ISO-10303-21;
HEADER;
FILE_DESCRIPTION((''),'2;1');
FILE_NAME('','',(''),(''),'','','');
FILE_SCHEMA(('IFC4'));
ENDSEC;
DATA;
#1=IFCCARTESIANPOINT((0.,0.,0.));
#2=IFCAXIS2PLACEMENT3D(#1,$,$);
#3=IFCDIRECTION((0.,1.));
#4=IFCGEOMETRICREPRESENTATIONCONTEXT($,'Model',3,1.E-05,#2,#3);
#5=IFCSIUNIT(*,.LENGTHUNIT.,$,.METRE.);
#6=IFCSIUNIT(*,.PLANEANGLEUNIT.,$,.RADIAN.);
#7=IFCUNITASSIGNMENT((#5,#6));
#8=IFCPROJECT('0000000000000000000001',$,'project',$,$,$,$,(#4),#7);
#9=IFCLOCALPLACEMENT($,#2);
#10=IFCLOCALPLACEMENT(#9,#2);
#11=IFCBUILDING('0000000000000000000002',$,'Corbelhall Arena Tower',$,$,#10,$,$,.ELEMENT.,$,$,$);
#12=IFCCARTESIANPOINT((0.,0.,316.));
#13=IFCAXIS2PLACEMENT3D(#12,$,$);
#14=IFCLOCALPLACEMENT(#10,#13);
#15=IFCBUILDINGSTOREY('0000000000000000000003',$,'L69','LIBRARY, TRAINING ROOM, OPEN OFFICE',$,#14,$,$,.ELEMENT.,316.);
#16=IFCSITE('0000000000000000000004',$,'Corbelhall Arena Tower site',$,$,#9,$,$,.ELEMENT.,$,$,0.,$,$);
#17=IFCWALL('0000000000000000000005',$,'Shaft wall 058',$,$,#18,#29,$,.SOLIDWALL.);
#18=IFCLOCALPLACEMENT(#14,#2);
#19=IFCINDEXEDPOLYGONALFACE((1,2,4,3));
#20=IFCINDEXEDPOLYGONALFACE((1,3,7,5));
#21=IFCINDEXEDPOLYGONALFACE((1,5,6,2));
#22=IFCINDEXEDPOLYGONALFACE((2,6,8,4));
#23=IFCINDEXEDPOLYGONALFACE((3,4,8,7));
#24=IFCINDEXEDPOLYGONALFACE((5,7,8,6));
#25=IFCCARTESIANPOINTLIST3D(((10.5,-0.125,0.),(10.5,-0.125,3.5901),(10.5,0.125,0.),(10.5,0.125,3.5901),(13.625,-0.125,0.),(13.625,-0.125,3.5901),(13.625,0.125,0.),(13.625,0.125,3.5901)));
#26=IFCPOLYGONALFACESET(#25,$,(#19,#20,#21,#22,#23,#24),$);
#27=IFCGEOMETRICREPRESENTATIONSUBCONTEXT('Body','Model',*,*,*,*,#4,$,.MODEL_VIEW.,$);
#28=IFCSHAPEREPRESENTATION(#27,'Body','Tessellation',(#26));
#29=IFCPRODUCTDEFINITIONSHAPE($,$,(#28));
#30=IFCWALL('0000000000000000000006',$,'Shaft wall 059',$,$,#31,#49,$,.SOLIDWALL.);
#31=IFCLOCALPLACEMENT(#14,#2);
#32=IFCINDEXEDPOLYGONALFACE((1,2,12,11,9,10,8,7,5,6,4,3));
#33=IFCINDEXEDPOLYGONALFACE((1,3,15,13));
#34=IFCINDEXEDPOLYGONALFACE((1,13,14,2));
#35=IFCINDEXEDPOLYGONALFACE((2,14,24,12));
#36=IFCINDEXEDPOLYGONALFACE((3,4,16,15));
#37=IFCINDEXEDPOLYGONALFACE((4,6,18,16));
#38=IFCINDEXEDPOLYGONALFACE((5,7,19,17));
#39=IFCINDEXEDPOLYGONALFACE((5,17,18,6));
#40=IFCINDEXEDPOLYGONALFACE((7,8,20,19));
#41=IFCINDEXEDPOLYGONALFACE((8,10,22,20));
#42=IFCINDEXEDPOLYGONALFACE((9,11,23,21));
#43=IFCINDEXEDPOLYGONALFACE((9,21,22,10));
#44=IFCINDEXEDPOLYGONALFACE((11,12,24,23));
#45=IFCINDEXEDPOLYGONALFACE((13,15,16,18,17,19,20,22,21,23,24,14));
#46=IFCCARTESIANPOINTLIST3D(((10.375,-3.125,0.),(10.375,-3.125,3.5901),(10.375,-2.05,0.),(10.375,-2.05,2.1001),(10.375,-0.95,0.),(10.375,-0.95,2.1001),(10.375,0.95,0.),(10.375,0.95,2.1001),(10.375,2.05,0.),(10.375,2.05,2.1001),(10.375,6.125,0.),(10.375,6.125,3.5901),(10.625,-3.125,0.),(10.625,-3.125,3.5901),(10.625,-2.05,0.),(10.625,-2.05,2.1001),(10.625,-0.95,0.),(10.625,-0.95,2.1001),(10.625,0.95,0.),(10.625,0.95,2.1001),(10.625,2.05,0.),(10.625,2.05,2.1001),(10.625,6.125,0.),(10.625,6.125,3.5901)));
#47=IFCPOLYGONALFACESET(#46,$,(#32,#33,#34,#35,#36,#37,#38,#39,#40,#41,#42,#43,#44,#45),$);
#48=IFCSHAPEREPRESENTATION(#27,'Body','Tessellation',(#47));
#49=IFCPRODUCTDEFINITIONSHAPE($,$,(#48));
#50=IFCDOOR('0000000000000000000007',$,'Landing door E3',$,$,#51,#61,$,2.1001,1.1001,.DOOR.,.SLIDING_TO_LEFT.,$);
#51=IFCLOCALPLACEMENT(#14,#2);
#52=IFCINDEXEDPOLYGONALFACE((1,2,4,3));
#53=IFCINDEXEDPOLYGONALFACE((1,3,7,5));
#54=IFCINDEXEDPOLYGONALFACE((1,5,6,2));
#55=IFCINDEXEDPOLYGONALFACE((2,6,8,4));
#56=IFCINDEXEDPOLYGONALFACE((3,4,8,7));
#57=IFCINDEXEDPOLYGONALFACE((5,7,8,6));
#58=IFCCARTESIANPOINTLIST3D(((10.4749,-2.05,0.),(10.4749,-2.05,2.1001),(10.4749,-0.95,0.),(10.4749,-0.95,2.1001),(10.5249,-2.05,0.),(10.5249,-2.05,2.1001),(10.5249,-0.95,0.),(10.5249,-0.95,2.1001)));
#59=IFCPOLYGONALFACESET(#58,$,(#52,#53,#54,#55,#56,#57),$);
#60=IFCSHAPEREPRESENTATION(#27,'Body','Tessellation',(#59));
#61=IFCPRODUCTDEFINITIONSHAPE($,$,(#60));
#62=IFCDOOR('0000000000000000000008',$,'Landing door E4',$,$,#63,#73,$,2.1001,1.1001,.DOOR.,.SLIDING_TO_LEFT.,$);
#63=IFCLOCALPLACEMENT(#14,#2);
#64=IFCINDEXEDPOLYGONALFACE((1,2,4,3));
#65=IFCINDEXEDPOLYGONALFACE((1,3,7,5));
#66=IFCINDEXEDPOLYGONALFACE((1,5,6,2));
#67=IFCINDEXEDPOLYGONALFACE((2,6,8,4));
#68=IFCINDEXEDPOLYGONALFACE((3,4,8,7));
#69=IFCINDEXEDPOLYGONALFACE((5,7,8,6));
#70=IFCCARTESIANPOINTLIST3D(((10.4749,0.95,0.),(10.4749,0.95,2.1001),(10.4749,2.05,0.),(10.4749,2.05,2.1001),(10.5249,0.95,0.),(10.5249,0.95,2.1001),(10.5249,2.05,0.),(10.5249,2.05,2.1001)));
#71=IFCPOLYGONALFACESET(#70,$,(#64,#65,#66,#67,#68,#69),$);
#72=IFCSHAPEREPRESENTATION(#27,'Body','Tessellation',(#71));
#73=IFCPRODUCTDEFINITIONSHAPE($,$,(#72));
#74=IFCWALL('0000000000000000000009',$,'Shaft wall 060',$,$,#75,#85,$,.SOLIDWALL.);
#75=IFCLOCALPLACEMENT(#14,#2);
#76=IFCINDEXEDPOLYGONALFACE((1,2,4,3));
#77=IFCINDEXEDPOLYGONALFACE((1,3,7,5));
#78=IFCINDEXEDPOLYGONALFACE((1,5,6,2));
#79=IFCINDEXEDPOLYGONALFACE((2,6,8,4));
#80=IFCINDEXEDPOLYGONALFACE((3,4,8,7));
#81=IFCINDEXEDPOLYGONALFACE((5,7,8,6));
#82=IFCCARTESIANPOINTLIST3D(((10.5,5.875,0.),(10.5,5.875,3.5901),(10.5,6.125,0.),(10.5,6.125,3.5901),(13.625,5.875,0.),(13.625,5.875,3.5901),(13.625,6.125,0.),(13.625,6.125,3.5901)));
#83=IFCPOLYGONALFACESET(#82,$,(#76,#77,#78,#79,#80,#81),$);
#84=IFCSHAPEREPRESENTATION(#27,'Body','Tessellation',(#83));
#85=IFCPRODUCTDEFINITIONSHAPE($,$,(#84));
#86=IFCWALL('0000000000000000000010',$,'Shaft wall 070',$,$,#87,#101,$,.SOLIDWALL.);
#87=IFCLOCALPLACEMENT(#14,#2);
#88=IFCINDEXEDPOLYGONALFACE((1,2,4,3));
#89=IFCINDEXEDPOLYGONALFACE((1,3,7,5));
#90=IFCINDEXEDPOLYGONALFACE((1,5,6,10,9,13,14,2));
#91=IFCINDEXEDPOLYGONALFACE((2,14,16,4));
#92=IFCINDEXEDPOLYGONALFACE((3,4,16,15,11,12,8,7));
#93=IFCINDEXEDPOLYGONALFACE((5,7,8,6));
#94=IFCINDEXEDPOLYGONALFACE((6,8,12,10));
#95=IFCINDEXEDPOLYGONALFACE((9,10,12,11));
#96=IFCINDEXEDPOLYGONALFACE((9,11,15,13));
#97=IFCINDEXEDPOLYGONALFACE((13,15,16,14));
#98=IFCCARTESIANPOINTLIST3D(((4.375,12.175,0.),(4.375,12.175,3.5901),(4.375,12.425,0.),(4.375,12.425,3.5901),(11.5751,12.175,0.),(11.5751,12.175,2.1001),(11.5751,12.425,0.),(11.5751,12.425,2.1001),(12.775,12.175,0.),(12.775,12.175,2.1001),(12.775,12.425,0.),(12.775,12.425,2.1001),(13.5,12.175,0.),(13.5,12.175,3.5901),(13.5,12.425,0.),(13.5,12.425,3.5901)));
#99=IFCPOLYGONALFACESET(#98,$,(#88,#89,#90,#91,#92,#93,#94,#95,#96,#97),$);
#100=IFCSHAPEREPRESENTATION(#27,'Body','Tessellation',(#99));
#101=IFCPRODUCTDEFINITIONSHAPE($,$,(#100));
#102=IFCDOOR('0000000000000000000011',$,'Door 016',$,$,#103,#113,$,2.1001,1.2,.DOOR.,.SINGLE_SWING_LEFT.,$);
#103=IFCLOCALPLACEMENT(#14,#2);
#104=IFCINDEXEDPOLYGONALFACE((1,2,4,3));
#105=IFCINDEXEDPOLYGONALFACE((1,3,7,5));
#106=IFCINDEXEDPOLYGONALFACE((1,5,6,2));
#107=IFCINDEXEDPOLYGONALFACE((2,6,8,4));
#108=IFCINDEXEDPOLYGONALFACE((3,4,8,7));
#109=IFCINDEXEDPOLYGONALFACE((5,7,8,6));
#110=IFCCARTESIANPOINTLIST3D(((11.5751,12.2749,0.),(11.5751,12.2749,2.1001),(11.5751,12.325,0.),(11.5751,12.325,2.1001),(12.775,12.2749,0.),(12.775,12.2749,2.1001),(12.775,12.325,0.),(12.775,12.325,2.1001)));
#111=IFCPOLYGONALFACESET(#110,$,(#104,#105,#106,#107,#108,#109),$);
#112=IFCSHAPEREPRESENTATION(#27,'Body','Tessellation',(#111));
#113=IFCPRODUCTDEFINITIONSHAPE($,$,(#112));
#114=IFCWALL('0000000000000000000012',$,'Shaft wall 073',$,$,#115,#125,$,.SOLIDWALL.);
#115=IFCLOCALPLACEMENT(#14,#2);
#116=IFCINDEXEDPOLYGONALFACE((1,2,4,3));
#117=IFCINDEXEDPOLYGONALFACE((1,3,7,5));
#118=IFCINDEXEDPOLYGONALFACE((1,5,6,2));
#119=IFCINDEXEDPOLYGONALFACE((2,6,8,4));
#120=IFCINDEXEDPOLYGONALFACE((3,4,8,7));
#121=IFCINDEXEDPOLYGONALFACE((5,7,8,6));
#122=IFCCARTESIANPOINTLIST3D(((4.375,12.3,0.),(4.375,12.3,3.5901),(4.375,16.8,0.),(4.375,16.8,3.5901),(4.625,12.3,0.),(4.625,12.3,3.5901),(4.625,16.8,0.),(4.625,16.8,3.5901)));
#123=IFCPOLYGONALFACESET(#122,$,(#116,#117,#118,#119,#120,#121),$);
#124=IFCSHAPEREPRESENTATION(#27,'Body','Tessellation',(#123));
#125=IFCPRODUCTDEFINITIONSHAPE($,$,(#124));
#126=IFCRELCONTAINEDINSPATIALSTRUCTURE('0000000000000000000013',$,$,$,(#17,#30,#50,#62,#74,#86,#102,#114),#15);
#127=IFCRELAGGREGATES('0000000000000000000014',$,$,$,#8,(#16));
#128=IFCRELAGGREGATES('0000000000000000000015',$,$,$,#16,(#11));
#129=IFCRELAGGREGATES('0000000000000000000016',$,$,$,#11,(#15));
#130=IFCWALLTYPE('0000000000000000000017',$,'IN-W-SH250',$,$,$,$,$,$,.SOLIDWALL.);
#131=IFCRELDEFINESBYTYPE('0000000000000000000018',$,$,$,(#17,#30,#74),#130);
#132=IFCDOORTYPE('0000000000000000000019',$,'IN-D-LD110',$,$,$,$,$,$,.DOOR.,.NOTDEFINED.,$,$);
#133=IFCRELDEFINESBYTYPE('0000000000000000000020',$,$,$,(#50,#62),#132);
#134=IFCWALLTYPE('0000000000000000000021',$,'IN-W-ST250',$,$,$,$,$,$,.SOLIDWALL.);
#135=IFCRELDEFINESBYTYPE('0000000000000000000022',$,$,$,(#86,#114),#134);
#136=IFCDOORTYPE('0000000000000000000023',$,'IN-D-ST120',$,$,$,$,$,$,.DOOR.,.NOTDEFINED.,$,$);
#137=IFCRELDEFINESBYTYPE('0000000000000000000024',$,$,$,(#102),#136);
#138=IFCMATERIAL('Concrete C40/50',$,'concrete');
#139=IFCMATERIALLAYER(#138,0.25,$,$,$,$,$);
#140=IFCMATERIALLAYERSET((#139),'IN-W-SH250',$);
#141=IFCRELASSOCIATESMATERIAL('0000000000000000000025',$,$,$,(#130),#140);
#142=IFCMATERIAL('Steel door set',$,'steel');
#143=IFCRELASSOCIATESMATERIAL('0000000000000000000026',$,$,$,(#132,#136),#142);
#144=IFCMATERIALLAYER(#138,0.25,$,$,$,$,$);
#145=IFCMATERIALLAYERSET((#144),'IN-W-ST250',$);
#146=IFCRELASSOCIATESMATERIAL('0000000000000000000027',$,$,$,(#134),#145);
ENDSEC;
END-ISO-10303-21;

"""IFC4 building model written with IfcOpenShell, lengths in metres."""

from ifc_helpers import new_model, si_unit, direction, frame, frame_2d, origin, place, context, subcontext, project, spatial, rectangle, extrude, material, layer, layer_set, type_object, element, fill, save


model = new_model("IFC4")

# Units and contexts
model_context = context("Model", 3, precision=1e-05, world=origin(), true_north=direction((0.0, 1.0)))
body_context = subcontext(model_context, "Body", "Model", "MODEL_VIEW")
ifc_project = project(units=[si_unit("LENGTHUNIT", "METRE"), si_unit("PLANEANGLEUNIT", "RADIAN")], contexts=[model_context])

# Site, building, storey
site_placement = place(None, origin())
site = spatial("IfcSite", under=ifc_project, at=site_placement, Name="Corbelhall Arena Tower site", CompositionType="ELEMENT", RefElevation=0.0)
building_placement = place(site_placement, origin())
building = spatial("IfcBuilding", under=site, at=building_placement, Name="Corbelhall Arena Tower", CompositionType="ELEMENT")
storey_placement = place(building_placement, frame((0.0, 0.0, 316.0)))
storey = spatial("IfcBuildingStorey", under=building, at=storey_placement, Name="L69", Description="LIBRARY, TRAINING ROOM, OPEN OFFICE", CompositionType="ELEMENT", Elevation=316.0)

# Shared definitions
ifc_material_1 = material(Name="Concrete C40/50", Category="concrete")

# Shared definitions
ifc_material_2 = material(Name="Steel door set", Category="steel")

# Shared definitions
ifc_layer_1 = layer(ifc_material_1, 0.25)
ifc_layer_set_1 = layer_set([ifc_layer_1], Name="IN-W-SH250")
wall_type_1 = type_object("IfcWallType", Name="IN-W-SH250", PredefinedType="SOLIDWALL", material=ifc_layer_set_1)

# Wall
wall_1_placement = place(storey_placement, frame((10.5, 0.0, 0.0), z_axis=(0.0, 0.0, 1.0), x_axis=(1.0, 0.0, 0.0)))
element("IfcWall", 1, at=wall_1_placement, inside=storey, type_object=wall_type_1, Name="Shaft wall 058", PredefinedType="SOLIDWALL", context=body_context, shape_type="SweptSolid", body=[
    extrude(rectangle(XDim=3.125, YDim=0.25, at=frame_2d((1.5625, 0.0))), origin(), (0.0, 0.0, 1.0), 3.5901),
])

# Wall, openings, doors
wall_2_placement = place(storey_placement, frame((10.5, 6.125, 0.0), z_axis=(0.0, 0.0, 1.0), x_axis=(0.0, -1.0, 0.0)))
wall_2 = element("IfcWall", 2, at=wall_2_placement, inside=storey, type_object=wall_type_1, Name="Shaft wall 059", PredefinedType="SOLIDWALL", context=body_context, shape_type="SweptSolid", body=[
    extrude(rectangle(XDim=9.25, YDim=0.25, at=frame_2d((4.625, 0.0))), origin(), (0.0, 0.0, 1.0), 3.5901),
])
opening_1_placement = place(wall_2_placement, frame((7.075, 0.0, 0.0)))
opening_1 = element("IfcOpeningElement", 3, at=opening_1_placement, cuts=wall_2, PredefinedType="OPENING", context=body_context, shape_type="SweptSolid", body=[
    extrude(rectangle(XDim=1.1001, YDim=2.1001, at=frame_2d((0.55, 1.05))), frame((0.0, 0.125, 0.0), z_axis=(0.0, -1.0, 0.0), x_axis=(1.0, 0.0, 0.0)), (0.0, 0.0, 1.0), 0.25),
])
opening_2_placement = place(wall_2_placement, frame((4.075, 0.0, 0.0)))
opening_2 = element("IfcOpeningElement", 4, at=opening_2_placement, cuts=wall_2, PredefinedType="OPENING", context=body_context, shape_type="SweptSolid", body=[
    extrude(rectangle(XDim=1.1001, YDim=2.1001, at=frame_2d((0.55, 1.05))), frame((0.0, 0.125, 0.0), z_axis=(0.0, -1.0, 0.0), x_axis=(1.0, 0.0, 0.0)), (0.0, 0.0, 1.0), 0.25),
])
door_type_1 = type_object("IfcDoorType", Name="IN-D-LD110", OperationType="NOTDEFINED", PredefinedType="DOOR", material=ifc_material_2)
door_1_placement = place(opening_1_placement, origin())
door_1 = element("IfcDoor", 5, at=door_1_placement, inside=storey, type_object=door_type_1, Name="Landing door E3", OperationType="SLIDING_TO_LEFT", OverallHeight=2.1001, OverallWidth=1.1001, PredefinedType="DOOR", context=body_context, shape_type="SweptSolid", body=[
    extrude(rectangle(XDim=1.1001, YDim=2.1001, at=frame_2d((0.55, 1.05))), frame((0.0, 0.0249, 0.0), z_axis=(0.0, -1.0, 0.0), x_axis=(1.0, 0.0, 0.0)), (0.0, 0.0, 1.0), 0.05),
])
fill(opening_1, door_1)
door_2_placement = place(opening_2_placement, origin())
door_2 = element("IfcDoor", 6, at=door_2_placement, inside=storey, type_object=door_type_1, Name="Landing door E4", OperationType="SLIDING_TO_LEFT", OverallHeight=2.1001, OverallWidth=1.1001, PredefinedType="DOOR", context=body_context, shape_type="SweptSolid", body=[
    extrude(rectangle(XDim=1.1001, YDim=2.1001, at=frame_2d((0.55, 1.05))), frame((0.0, 0.0249, 0.0), z_axis=(0.0, -1.0, 0.0), x_axis=(1.0, 0.0, 0.0)), (0.0, 0.0, 1.0), 0.05),
])
fill(opening_2, door_2)

# Wall
wall_3_placement = place(storey_placement, frame((10.5, 6.0, 0.0), z_axis=(0.0, 0.0, 1.0), x_axis=(1.0, 0.0, 0.0)))
element("IfcWall", 7, at=wall_3_placement, inside=storey, type_object=wall_type_1, Name="Shaft wall 060", PredefinedType="SOLIDWALL", context=body_context, shape_type="SweptSolid", body=[
    extrude(rectangle(XDim=3.125, YDim=0.25, at=frame_2d((1.5625, 0.0))), origin(), (0.0, 0.0, 1.0), 3.5901),
])

# Wall, opening, door
ifc_layer_2 = layer(ifc_material_1, 0.25)
ifc_layer_set_2 = layer_set([ifc_layer_2], Name="IN-W-ST250")
wall_type_2 = type_object("IfcWallType", Name="IN-W-ST250", PredefinedType="SOLIDWALL", material=ifc_layer_set_2)
wall_4_placement = place(storey_placement, frame((4.375, 12.3, 0.0), z_axis=(0.0, 0.0, 1.0), x_axis=(1.0, 0.0, 0.0)))
wall_4 = element("IfcWall", 8, at=wall_4_placement, inside=storey, type_object=wall_type_2, Name="Shaft wall 070", PredefinedType="SOLIDWALL", context=body_context, shape_type="SweptSolid", body=[
    extrude(rectangle(XDim=9.125, YDim=0.25, at=frame_2d((4.5625, 0.0))), origin(), (0.0, 0.0, 1.0), 3.5901),
])
opening_3_placement = place(wall_4_placement, frame((7.2, 0.0, 0.0)))
opening_3 = element("IfcOpeningElement", 9, at=opening_3_placement, cuts=wall_4, PredefinedType="OPENING", context=body_context, shape_type="SweptSolid", body=[
    extrude(rectangle(XDim=1.2, YDim=2.1001, at=frame_2d((0.6001, 1.05))), frame((0.0, 0.125, 0.0), z_axis=(0.0, -1.0, 0.0), x_axis=(1.0, 0.0, 0.0)), (0.0, 0.0, 1.0), 0.25),
])
door_type_2 = type_object("IfcDoorType", Name="IN-D-ST120", OperationType="NOTDEFINED", PredefinedType="DOOR", material=ifc_material_2)
door_3_placement = place(opening_3_placement, origin())
door_3 = element("IfcDoor", 10, at=door_3_placement, inside=storey, type_object=door_type_2, Name="Door 016", OperationType="SINGLE_SWING_LEFT", OverallHeight=2.1001, OverallWidth=1.2, PredefinedType="DOOR", context=body_context, shape_type="SweptSolid", body=[
    extrude(rectangle(XDim=1.2, YDim=2.1001, at=frame_2d((0.6001, 1.05))), frame((0.0, 0.0249, 0.0), z_axis=(0.0, -1.0, 0.0), x_axis=(1.0, 0.0, 0.0)), (0.0, 0.0, 1.0), 0.05),
])
fill(opening_3, door_3)

# Wall
wall_5_placement = place(storey_placement, frame((4.5, 12.3, 0.0), z_axis=(0.0, 0.0, 1.0), x_axis=(0.0, 1.0, 0.0)))
element("IfcWall", 11, at=wall_5_placement, inside=storey, type_object=wall_type_2, Name="Shaft wall 073", PredefinedType="SOLIDWALL", context=body_context, shape_type="SweptSolid", body=[
    extrude(rectangle(XDim=4.5, YDim=0.25, at=frame_2d((2.25, 0.0))), origin(), (0.0, 0.0, 1.0), 3.5901),
])

save(model, "model.ifc")
